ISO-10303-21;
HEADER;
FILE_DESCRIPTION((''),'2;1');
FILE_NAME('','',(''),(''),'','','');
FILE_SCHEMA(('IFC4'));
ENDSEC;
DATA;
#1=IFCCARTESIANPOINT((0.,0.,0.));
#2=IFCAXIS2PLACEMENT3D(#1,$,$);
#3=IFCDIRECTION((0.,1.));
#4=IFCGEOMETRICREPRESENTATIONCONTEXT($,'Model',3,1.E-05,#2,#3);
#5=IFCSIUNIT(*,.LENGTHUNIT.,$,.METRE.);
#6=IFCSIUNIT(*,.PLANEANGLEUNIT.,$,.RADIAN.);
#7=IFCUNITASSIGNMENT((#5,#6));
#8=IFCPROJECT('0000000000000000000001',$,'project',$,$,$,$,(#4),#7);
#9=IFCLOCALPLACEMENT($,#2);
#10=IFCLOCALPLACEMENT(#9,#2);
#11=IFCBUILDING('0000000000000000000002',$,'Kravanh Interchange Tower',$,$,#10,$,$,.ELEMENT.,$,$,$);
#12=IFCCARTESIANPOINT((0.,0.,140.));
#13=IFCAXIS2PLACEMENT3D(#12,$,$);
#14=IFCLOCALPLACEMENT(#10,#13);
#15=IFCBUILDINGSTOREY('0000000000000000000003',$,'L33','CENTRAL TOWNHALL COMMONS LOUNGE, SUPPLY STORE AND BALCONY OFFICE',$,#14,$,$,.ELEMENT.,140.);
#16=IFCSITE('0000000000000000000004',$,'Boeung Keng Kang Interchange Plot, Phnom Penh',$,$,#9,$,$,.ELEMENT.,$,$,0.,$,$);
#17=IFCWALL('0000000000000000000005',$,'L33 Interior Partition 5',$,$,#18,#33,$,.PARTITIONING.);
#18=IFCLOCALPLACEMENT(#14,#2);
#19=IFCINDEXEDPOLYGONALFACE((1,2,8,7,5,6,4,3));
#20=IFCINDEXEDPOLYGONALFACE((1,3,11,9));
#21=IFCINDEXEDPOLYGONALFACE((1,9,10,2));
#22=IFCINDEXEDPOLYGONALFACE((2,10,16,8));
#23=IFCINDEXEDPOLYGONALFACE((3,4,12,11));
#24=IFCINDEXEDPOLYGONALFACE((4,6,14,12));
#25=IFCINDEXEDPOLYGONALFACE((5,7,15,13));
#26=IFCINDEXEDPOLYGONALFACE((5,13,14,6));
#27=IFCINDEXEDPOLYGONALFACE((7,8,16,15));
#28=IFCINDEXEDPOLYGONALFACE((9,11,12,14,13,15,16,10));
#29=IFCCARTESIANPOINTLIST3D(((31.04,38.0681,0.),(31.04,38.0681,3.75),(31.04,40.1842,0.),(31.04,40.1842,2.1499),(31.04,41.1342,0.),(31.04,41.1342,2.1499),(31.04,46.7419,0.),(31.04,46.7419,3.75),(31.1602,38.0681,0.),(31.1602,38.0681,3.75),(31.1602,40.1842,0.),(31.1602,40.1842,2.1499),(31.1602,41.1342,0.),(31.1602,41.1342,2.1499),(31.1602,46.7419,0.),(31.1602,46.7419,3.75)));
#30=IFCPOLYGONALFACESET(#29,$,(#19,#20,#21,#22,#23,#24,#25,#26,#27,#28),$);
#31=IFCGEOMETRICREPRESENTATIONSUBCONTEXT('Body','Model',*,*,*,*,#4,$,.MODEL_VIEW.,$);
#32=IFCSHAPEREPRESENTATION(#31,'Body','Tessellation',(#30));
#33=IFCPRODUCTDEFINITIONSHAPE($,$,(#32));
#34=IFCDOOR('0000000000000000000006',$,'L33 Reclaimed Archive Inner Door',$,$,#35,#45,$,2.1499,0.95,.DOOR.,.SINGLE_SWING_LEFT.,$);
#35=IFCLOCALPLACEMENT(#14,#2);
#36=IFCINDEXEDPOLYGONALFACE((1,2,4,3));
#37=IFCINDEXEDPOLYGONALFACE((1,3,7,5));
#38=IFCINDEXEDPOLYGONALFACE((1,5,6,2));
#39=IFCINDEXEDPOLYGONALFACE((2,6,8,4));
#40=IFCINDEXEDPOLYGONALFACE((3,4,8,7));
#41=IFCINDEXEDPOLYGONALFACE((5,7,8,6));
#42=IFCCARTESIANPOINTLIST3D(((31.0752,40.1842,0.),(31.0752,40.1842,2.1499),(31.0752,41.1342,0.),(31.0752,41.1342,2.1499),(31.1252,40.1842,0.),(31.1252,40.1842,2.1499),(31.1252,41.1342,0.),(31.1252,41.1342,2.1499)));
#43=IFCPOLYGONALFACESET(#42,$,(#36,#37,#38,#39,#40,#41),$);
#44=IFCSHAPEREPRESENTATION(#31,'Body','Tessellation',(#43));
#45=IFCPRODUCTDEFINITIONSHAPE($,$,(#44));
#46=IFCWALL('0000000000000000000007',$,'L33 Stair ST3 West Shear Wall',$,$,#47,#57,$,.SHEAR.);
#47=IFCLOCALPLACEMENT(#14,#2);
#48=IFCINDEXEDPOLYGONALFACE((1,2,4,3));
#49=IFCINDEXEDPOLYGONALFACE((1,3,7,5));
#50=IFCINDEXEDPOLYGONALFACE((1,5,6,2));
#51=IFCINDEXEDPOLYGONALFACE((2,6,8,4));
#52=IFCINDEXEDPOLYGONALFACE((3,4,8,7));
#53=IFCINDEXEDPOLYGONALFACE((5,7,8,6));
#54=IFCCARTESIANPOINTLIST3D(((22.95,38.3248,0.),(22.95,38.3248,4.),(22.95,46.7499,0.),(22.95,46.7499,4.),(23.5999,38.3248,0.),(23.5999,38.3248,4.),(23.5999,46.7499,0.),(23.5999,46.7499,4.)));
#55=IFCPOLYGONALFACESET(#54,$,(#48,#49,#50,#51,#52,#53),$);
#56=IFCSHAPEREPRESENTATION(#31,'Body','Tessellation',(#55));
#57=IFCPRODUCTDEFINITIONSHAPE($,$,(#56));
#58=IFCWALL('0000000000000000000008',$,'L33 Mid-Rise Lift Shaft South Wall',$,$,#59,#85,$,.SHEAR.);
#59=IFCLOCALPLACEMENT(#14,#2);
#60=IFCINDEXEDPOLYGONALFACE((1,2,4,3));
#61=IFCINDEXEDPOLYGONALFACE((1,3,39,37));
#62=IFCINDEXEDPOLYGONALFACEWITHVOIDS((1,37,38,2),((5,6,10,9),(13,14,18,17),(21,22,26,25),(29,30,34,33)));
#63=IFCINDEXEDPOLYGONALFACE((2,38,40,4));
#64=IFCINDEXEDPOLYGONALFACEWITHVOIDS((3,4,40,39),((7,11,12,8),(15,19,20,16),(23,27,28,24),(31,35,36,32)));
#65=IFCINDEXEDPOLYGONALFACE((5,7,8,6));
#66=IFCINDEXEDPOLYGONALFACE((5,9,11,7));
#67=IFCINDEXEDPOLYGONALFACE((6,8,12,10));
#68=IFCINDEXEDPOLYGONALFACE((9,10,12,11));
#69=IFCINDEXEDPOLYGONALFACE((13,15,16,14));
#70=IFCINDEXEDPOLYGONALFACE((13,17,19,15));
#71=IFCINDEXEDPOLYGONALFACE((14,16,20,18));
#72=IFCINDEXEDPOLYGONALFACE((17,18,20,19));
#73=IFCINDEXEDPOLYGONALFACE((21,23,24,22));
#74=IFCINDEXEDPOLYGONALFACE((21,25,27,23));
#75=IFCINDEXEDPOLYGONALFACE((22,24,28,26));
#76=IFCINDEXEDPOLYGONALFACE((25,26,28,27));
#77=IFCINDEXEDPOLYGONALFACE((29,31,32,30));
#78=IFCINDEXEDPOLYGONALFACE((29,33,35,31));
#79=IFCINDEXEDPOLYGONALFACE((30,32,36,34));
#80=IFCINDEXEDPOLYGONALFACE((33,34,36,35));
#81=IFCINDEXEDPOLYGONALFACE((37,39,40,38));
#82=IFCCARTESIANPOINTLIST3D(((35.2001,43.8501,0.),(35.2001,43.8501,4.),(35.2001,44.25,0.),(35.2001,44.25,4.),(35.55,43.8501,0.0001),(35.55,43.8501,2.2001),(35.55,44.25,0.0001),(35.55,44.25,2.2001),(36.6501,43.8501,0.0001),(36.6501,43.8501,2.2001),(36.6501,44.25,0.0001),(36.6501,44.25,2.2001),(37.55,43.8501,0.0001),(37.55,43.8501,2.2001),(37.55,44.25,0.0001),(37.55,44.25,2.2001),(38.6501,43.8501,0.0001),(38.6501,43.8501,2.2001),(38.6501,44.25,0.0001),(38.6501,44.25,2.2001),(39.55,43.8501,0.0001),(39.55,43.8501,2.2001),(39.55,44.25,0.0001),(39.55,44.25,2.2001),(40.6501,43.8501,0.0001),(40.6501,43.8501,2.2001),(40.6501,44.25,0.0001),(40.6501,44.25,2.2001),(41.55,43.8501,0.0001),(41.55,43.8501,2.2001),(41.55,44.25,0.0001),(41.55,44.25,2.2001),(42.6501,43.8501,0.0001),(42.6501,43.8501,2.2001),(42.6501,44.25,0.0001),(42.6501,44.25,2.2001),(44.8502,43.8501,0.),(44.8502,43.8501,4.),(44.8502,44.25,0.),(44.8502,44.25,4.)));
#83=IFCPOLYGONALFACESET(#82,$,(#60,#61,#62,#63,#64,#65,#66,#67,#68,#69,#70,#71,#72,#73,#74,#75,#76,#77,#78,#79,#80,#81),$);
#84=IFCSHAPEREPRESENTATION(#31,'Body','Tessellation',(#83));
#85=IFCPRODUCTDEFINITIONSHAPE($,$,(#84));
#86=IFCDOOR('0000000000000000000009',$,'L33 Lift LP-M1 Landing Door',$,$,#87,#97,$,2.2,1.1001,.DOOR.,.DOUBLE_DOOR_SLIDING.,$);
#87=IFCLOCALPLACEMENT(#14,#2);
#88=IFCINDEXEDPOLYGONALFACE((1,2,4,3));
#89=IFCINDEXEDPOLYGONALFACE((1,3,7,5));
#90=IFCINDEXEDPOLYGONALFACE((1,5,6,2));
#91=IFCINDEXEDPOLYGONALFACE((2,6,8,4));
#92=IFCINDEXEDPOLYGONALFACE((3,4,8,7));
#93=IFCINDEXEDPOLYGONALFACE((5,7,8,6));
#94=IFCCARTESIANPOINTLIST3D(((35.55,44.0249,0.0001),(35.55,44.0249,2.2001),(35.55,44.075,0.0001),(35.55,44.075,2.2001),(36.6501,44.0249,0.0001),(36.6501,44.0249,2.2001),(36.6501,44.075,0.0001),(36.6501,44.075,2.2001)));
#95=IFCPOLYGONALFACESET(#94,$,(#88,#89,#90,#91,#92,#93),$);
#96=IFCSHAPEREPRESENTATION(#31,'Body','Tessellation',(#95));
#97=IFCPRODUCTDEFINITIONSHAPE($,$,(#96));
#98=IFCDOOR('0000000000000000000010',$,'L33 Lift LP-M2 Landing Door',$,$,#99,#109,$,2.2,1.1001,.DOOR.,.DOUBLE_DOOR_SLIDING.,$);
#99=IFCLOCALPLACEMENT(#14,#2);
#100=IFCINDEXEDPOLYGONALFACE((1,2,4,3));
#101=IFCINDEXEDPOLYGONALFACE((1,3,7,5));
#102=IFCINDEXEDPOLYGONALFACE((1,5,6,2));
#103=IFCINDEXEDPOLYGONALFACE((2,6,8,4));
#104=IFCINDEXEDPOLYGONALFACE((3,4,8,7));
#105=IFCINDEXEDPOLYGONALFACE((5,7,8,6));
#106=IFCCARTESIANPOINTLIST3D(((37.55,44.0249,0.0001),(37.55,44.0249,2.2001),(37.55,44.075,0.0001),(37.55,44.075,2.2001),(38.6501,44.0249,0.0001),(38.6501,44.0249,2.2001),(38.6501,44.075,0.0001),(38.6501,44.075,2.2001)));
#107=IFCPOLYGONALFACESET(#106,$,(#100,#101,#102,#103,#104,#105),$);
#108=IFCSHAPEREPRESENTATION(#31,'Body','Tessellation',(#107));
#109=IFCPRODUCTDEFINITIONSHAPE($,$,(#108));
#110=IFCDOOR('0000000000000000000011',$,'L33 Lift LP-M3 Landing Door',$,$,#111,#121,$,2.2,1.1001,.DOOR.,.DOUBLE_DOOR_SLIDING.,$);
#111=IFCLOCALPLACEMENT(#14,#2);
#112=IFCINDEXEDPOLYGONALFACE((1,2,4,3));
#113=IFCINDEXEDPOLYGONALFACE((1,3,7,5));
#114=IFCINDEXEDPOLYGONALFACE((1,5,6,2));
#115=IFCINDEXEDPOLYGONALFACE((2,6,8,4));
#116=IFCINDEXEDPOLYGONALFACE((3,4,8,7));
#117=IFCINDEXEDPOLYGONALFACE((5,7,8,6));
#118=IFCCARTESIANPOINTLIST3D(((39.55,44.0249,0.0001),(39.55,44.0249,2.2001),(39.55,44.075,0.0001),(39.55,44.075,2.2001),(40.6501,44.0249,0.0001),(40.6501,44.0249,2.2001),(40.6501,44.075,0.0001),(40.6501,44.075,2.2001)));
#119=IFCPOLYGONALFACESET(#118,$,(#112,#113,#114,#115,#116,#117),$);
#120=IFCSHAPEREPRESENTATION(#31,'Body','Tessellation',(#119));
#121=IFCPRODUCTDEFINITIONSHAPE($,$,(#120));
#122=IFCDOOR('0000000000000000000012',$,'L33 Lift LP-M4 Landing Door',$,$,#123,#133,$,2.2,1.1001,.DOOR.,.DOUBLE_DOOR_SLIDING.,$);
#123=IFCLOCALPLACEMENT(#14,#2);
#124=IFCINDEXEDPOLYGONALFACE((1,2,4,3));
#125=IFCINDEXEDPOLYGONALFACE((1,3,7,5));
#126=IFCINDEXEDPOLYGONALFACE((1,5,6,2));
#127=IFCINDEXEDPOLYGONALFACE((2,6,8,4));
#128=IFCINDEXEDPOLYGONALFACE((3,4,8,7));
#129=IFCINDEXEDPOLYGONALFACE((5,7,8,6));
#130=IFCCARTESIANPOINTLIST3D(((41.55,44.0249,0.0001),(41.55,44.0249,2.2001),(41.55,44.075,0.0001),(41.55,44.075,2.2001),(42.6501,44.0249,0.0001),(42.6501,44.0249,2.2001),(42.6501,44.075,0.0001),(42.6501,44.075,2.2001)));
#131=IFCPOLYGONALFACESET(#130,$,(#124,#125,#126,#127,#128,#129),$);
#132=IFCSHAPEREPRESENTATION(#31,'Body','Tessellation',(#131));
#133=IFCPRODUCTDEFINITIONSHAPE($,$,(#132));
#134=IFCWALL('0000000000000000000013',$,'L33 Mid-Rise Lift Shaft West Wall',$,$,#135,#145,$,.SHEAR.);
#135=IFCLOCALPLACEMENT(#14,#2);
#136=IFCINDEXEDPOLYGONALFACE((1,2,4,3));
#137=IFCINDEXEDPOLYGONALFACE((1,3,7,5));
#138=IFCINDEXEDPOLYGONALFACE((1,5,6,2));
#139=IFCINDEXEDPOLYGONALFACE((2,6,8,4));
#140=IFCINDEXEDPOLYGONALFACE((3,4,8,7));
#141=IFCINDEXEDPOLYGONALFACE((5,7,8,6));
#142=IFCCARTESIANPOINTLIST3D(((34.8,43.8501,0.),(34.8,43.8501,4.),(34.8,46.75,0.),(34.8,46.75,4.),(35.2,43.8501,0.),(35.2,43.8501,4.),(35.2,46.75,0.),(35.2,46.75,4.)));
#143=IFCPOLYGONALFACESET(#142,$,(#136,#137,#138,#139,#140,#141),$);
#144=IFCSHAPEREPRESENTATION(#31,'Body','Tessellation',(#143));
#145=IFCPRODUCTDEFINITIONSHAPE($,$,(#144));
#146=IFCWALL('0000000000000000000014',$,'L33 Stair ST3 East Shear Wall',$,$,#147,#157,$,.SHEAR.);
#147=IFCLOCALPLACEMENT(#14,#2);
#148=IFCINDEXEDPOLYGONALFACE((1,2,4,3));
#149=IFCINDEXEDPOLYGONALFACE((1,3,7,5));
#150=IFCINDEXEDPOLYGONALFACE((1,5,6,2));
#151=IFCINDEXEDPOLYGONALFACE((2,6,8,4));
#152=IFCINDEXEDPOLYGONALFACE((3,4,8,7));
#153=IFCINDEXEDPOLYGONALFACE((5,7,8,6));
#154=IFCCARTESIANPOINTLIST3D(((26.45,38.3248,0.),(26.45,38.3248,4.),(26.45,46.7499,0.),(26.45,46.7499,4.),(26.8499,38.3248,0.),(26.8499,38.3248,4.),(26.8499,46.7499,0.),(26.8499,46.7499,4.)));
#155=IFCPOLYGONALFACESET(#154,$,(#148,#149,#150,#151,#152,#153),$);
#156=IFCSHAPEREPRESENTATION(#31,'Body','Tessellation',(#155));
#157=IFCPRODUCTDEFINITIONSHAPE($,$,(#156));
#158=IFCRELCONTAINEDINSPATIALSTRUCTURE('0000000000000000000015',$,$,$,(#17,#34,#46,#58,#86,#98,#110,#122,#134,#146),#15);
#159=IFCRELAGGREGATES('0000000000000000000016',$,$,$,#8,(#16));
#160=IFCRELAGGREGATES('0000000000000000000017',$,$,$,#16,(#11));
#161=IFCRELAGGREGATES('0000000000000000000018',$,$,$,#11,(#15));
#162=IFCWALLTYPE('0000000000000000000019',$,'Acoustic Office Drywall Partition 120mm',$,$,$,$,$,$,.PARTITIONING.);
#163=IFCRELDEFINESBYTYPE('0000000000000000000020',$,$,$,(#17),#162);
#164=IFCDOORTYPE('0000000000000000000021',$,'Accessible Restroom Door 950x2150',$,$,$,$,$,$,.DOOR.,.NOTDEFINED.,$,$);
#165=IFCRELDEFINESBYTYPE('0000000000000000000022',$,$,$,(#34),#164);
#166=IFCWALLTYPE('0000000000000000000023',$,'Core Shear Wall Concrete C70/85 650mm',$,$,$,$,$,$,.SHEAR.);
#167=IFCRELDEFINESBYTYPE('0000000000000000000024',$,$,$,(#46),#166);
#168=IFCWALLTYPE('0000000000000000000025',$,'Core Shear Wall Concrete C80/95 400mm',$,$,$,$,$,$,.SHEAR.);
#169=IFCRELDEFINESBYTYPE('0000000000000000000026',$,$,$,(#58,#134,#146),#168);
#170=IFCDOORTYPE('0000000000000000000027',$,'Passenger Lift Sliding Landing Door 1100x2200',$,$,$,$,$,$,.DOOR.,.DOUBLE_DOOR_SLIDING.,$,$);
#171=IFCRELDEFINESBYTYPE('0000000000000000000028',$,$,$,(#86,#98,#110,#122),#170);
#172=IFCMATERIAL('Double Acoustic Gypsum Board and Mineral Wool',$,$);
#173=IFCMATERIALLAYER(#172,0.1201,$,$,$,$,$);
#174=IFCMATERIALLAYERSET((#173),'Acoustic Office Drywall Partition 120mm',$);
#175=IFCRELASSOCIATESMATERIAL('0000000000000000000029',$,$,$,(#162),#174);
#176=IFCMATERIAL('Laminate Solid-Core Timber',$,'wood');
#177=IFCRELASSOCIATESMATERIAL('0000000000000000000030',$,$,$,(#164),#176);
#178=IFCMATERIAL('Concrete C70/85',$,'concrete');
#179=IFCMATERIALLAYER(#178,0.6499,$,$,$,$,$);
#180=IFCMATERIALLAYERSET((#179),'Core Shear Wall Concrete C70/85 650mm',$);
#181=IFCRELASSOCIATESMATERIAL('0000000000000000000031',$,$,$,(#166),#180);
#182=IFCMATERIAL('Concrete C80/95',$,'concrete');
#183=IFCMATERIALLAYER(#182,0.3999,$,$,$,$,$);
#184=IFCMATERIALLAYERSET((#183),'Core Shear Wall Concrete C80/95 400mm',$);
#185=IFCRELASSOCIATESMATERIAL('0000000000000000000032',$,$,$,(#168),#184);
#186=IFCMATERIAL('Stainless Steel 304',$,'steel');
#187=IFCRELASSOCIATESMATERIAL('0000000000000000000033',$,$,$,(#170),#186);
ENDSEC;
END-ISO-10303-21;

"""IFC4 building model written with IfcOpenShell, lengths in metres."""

from ifc_helpers import new_model, si_unit, direction, frame, frame_2d, origin, place, context, subcontext, project, spatial, rectangle, extrude, material, layer, layer_set, type_object, element, fill, save


model = new_model("IFC4")

# Units and contexts
model_context = context("Model", 3, precision=1e-05, world=origin(), true_north=direction((0.0, 1.0)))
body_context = subcontext(model_context, "Body", "Model", "MODEL_VIEW")
ifc_project = project(units=[si_unit("LENGTHUNIT", "METRE"), si_unit("PLANEANGLEUNIT", "RADIAN")], contexts=[model_context])

# Site, building, storey
site_placement = place(None, origin())
site = spatial("IfcSite", under=ifc_project, at=site_placement, Name="Boeung Keng Kang Interchange Plot, Phnom Penh", CompositionType="ELEMENT", RefElevation=0.0)
building_placement = place(site_placement, origin())
building = spatial("IfcBuilding", under=site, at=building_placement, Name="Kravanh Interchange Tower", CompositionType="ELEMENT")
storey_placement = place(building_placement, frame((0.0, 0.0, 140.0)))
storey = spatial("IfcBuildingStorey", under=building, at=storey_placement, Name="L33", Description="CENTRAL TOWNHALL COMMONS LOUNGE, SUPPLY STORE AND BALCONY OFFICE", CompositionType="ELEMENT", Elevation=140.0)

# Wall, opening, door
ifc_material_1 = material(Name="Double Acoustic Gypsum Board and Mineral Wool")
ifc_layer_1 = layer(ifc_material_1, 0.1201)
ifc_layer_set_1 = layer_set([ifc_layer_1], Name="Acoustic Office Drywall Partition 120mm")
wall_type_1 = type_object("IfcWallType", Name="Acoustic Office Drywall Partition 120mm", PredefinedType="PARTITIONING", material=ifc_layer_set_1)
wall_1_placement = place(storey_placement, frame((31.1001, 38.0681, 0.0), z_axis=(0.0, 0.0, 1.0), x_axis=(0.0, 1.0, 0.0)))
wall_1 = element("IfcWall", 1, at=wall_1_placement, inside=storey, type_object=wall_type_1, Name="L33 Interior Partition 5", PredefinedType="PARTITIONING", context=body_context, shape_type="SweptSolid", body=[
    extrude(rectangle(XDim=8.6738, YDim=0.1201, at=frame_2d((4.3369, 0.0))), origin(), (0.0, 0.0, 1.0), 3.75),
])
opening_1_placement = place(wall_1_placement, frame((2.116, 0.0, 0.0)))
opening_1 = element("IfcOpeningElement", 2, at=opening_1_placement, cuts=wall_1, PredefinedType="OPENING", context=body_context, shape_type="SweptSolid", body=[
    extrude(rectangle(XDim=0.95, YDim=2.1499, at=frame_2d((0.4751, 1.075))), frame((0.0, 0.0701, 0.0), z_axis=(0.0, -1.0, 0.0), x_axis=(1.0, 0.0, 0.0)), (0.0, 0.0, 1.0), 0.1401),
])
ifc_material_2 = material(Name="Laminate Solid-Core Timber", Category="wood")
door_type_1 = type_object("IfcDoorType", Name="Accessible Restroom Door 950x2150", OperationType="NOTDEFINED", PredefinedType="DOOR", material=ifc_material_2)
door_1_placement = place(opening_1_placement, origin())
door_1 = element("IfcDoor", 3, at=door_1_placement, inside=storey, type_object=door_type_1, Name="L33 Reclaimed Archive Inner Door", OperationType="SINGLE_SWING_LEFT", OverallHeight=2.1499, OverallWidth=0.95, PredefinedType="DOOR", context=body_context, shape_type="SweptSolid", body=[
    extrude(rectangle(XDim=0.95, YDim=2.1499, at=frame_2d((0.4751, 1.075))), frame((0.0, 0.0249, 0.0), z_axis=(0.0, -1.0, 0.0), x_axis=(1.0, 0.0, 0.0)), (0.0, 0.0, 1.0), 0.05),
])
fill(opening_1, door_1)

# Wall
ifc_material_3 = material(Name="Concrete C70/85", Category="concrete")
ifc_layer_2 = layer(ifc_material_3, 0.6499)
ifc_layer_set_2 = layer_set([ifc_layer_2], Name="Core Shear Wall Concrete C70/85 650mm")
wall_type_2 = type_object("IfcWallType", Name="Core Shear Wall Concrete C70/85 650mm", PredefinedType="SHEAR", material=ifc_layer_set_2)
wall_2_placement = place(storey_placement, frame((23.2749, 38.325, 0.0), z_axis=(0.0, 0.0, 1.0), x_axis=(0.0, 1.0, 0.0)))
element("IfcWall", 4, at=wall_2_placement, inside=storey, type_object=wall_type_2, Name="L33 Stair ST3 West Shear Wall", PredefinedType="SHEAR", context=body_context, shape_type="SweptSolid", body=[
    extrude(rectangle(XDim=8.425, YDim=0.6499, at=frame_2d((4.2124, 0.0))), origin(), (0.0, 0.0, 1.0), 4.0),
])

# Wall, openings, doors
ifc_material_4 = material(Name="Concrete C80/95", Category="concrete")
ifc_layer_3 = layer(ifc_material_4, 0.3999)
ifc_layer_set_3 = layer_set([ifc_layer_3], Name="Core Shear Wall Concrete C80/95 400mm")
wall_type_3 = type_object("IfcWallType", Name="Core Shear Wall Concrete C80/95 400mm", PredefinedType="SHEAR", material=ifc_layer_set_3)
wall_3_placement = place(storey_placement, frame((35.2, 44.05, 0.0), z_axis=(0.0, 0.0, 1.0), x_axis=(1.0, 0.0, 0.0)))
wall_3 = element("IfcWall", 5, at=wall_3_placement, inside=storey, type_object=wall_type_3, Name="L33 Mid-Rise Lift Shaft South Wall", PredefinedType="SHEAR", context=body_context, shape_type="SweptSolid", body=[
    extrude(rectangle(XDim=9.6501, YDim=0.3999, at=frame_2d((4.8252, 0.0))), origin(), (0.0, 0.0, 1.0), 4.0),
])
opening_2_placement = place(wall_3_placement, frame((0.3501, 0.0, 0.0)))
opening_2 = element("IfcOpeningElement", 6, at=opening_2_placement, cuts=wall_3, PredefinedType="OPENING", context=body_context, shape_type="SweptSolid", body=[
    extrude(rectangle(XDim=1.1001, YDim=2.2, at=frame_2d((0.55, 1.1001))), frame((0.0, 0.21, 0.0), z_axis=(0.0, -1.0, 0.0), x_axis=(1.0, 0.0, 0.0)), (0.0, 0.0, 1.0), 0.4199),
])
opening_3_placement = place(wall_3_placement, frame((2.3501, 0.0, 0.0)))
opening_3 = element("IfcOpeningElement", 7, at=opening_3_placement, cuts=wall_3, PredefinedType="OPENING", context=body_context, shape_type="SweptSolid", body=[
    extrude(rectangle(XDim=1.1001, YDim=2.2, at=frame_2d((0.55, 1.1001))), frame((0.0, 0.21, 0.0), z_axis=(0.0, -1.0, 0.0), x_axis=(1.0, 0.0, 0.0)), (0.0, 0.0, 1.0), 0.4199),
])
opening_4_placement = place(wall_3_placement, frame((4.3501, 0.0, 0.0)))
opening_4 = element("IfcOpeningElement", 8, at=opening_4_placement, cuts=wall_3, PredefinedType="OPENING", context=body_context, shape_type="SweptSolid", body=[
    extrude(rectangle(XDim=1.1001, YDim=2.2, at=frame_2d((0.55, 1.1001))), frame((0.0, 0.21, 0.0), z_axis=(0.0, -1.0, 0.0), x_axis=(1.0, 0.0, 0.0)), (0.0, 0.0, 1.0), 0.4199),
])
opening_5_placement = place(wall_3_placement, frame((6.3501, 0.0, 0.0)))
opening_5 = element("IfcOpeningElement", 9, at=opening_5_placement, cuts=wall_3, PredefinedType="OPENING", context=body_context, shape_type="SweptSolid", body=[
    extrude(rectangle(XDim=1.1001, YDim=2.2, at=frame_2d((0.55, 1.1001))), frame((0.0, 0.21, 0.0), z_axis=(0.0, -1.0, 0.0), x_axis=(1.0, 0.0, 0.0)), (0.0, 0.0, 1.0), 0.4199),
])
ifc_material_5 = material(Name="Stainless Steel 304", Category="steel")
door_type_2 = type_object("IfcDoorType", Name="Passenger Lift Sliding Landing Door 1100x2200", OperationType="DOUBLE_DOOR_SLIDING", PredefinedType="DOOR", material=ifc_material_5)
door_2_placement = place(opening_2_placement, origin())
door_2 = element("IfcDoor", 10, at=door_2_placement, inside=storey, type_object=door_type_2, Name="L33 Lift LP-M1 Landing Door", OperationType="DOUBLE_DOOR_SLIDING", OverallHeight=2.2, OverallWidth=1.1001, PredefinedType="DOOR", context=body_context, shape_type="SweptSolid", body=[
    extrude(rectangle(XDim=1.1001, YDim=2.2, at=frame_2d((0.55, 1.1001))), frame((0.0, 0.0249, 0.0), z_axis=(0.0, -1.0, 0.0), x_axis=(1.0, 0.0, 0.0)), (0.0, 0.0, 1.0), 0.05),
])
fill(opening_2, door_2)
door_3_placement = place(opening_3_placement, origin())
door_3 = element("IfcDoor", 11, at=door_3_placement, inside=storey, type_object=door_type_2, Name="L33 Lift LP-M2 Landing Door", OperationType="DOUBLE_DOOR_SLIDING", OverallHeight=2.2, OverallWidth=1.1001, PredefinedType="DOOR", context=body_context, shape_type="SweptSolid", body=[
    extrude(rectangle(XDim=1.1001, YDim=2.2, at=frame_2d((0.55, 1.1001))), frame((0.0, 0.0249, 0.0), z_axis=(0.0, -1.0, 0.0), x_axis=(1.0, 0.0, 0.0)), (0.0, 0.0, 1.0), 0.05),
])
fill(opening_3, door_3)
door_4_placement = place(opening_4_placement, origin())
door_4 = element("IfcDoor", 12, at=door_4_placement, inside=storey, type_object=door_type_2, Name="L33 Lift LP-M3 Landing Door", OperationType="DOUBLE_DOOR_SLIDING", OverallHeight=2.2, OverallWidth=1.1001, PredefinedType="DOOR", context=body_context, shape_type="SweptSolid", body=[
    extrude(rectangle(XDim=1.1001, YDim=2.2, at=frame_2d((0.55, 1.1001))), frame((0.0, 0.0249, 0.0), z_axis=(0.0, -1.0, 0.0), x_axis=(1.0, 0.0, 0.0)), (0.0, 0.0, 1.0), 0.05),
])
fill(opening_4, door_4)
door_5_placement = place(opening_5_placement, origin())
door_5 = element("IfcDoor", 13, at=door_5_placement, inside=storey, type_object=door_type_2, Name="L33 Lift LP-M4 Landing Door", OperationType="DOUBLE_DOOR_SLIDING", OverallHeight=2.2, OverallWidth=1.1001, PredefinedType="DOOR", context=body_context, shape_type="SweptSolid", body=[
    extrude(rectangle(XDim=1.1001, YDim=2.2, at=frame_2d((0.55, 1.1001))), frame((0.0, 0.0249, 0.0), z_axis=(0.0, -1.0, 0.0), x_axis=(1.0, 0.0, 0.0)), (0.0, 0.0, 1.0), 0.05),
])
fill(opening_5, door_5)

# Walls
wall_4_placement = place(storey_placement, frame((35.0, 43.8501, 0.0), z_axis=(0.0, 0.0, 1.0), x_axis=(0.0, 1.0, 0.0)))
element("IfcWall", 14, at=wall_4_placement, inside=storey, type_object=wall_type_3, Name="L33 Mid-Rise Lift Shaft West Wall", PredefinedType="SHEAR", context=body_context, shape_type="SweptSolid", body=[
    extrude(rectangle(XDim=2.8999, YDim=0.3999, at=frame_2d((1.45, 0.0))), origin(), (0.0, 0.0, 1.0), 4.0),
])
wall_5_placement = place(storey_placement, frame((26.6499, 38.325, 0.0), z_axis=(0.0, 0.0, 1.0), x_axis=(0.0, 1.0, 0.0)))
element("IfcWall", 15, at=wall_5_placement, inside=storey, type_object=wall_type_3, Name="L33 Stair ST3 East Shear Wall", PredefinedType="SHEAR", context=body_context, shape_type="SweptSolid", body=[
    extrude(rectangle(XDim=8.425, YDim=0.3999, at=frame_2d((4.2124, 0.0))), origin(), (0.0, 0.0, 1.0), 4.0),
])

save(model, "model.ifc")
